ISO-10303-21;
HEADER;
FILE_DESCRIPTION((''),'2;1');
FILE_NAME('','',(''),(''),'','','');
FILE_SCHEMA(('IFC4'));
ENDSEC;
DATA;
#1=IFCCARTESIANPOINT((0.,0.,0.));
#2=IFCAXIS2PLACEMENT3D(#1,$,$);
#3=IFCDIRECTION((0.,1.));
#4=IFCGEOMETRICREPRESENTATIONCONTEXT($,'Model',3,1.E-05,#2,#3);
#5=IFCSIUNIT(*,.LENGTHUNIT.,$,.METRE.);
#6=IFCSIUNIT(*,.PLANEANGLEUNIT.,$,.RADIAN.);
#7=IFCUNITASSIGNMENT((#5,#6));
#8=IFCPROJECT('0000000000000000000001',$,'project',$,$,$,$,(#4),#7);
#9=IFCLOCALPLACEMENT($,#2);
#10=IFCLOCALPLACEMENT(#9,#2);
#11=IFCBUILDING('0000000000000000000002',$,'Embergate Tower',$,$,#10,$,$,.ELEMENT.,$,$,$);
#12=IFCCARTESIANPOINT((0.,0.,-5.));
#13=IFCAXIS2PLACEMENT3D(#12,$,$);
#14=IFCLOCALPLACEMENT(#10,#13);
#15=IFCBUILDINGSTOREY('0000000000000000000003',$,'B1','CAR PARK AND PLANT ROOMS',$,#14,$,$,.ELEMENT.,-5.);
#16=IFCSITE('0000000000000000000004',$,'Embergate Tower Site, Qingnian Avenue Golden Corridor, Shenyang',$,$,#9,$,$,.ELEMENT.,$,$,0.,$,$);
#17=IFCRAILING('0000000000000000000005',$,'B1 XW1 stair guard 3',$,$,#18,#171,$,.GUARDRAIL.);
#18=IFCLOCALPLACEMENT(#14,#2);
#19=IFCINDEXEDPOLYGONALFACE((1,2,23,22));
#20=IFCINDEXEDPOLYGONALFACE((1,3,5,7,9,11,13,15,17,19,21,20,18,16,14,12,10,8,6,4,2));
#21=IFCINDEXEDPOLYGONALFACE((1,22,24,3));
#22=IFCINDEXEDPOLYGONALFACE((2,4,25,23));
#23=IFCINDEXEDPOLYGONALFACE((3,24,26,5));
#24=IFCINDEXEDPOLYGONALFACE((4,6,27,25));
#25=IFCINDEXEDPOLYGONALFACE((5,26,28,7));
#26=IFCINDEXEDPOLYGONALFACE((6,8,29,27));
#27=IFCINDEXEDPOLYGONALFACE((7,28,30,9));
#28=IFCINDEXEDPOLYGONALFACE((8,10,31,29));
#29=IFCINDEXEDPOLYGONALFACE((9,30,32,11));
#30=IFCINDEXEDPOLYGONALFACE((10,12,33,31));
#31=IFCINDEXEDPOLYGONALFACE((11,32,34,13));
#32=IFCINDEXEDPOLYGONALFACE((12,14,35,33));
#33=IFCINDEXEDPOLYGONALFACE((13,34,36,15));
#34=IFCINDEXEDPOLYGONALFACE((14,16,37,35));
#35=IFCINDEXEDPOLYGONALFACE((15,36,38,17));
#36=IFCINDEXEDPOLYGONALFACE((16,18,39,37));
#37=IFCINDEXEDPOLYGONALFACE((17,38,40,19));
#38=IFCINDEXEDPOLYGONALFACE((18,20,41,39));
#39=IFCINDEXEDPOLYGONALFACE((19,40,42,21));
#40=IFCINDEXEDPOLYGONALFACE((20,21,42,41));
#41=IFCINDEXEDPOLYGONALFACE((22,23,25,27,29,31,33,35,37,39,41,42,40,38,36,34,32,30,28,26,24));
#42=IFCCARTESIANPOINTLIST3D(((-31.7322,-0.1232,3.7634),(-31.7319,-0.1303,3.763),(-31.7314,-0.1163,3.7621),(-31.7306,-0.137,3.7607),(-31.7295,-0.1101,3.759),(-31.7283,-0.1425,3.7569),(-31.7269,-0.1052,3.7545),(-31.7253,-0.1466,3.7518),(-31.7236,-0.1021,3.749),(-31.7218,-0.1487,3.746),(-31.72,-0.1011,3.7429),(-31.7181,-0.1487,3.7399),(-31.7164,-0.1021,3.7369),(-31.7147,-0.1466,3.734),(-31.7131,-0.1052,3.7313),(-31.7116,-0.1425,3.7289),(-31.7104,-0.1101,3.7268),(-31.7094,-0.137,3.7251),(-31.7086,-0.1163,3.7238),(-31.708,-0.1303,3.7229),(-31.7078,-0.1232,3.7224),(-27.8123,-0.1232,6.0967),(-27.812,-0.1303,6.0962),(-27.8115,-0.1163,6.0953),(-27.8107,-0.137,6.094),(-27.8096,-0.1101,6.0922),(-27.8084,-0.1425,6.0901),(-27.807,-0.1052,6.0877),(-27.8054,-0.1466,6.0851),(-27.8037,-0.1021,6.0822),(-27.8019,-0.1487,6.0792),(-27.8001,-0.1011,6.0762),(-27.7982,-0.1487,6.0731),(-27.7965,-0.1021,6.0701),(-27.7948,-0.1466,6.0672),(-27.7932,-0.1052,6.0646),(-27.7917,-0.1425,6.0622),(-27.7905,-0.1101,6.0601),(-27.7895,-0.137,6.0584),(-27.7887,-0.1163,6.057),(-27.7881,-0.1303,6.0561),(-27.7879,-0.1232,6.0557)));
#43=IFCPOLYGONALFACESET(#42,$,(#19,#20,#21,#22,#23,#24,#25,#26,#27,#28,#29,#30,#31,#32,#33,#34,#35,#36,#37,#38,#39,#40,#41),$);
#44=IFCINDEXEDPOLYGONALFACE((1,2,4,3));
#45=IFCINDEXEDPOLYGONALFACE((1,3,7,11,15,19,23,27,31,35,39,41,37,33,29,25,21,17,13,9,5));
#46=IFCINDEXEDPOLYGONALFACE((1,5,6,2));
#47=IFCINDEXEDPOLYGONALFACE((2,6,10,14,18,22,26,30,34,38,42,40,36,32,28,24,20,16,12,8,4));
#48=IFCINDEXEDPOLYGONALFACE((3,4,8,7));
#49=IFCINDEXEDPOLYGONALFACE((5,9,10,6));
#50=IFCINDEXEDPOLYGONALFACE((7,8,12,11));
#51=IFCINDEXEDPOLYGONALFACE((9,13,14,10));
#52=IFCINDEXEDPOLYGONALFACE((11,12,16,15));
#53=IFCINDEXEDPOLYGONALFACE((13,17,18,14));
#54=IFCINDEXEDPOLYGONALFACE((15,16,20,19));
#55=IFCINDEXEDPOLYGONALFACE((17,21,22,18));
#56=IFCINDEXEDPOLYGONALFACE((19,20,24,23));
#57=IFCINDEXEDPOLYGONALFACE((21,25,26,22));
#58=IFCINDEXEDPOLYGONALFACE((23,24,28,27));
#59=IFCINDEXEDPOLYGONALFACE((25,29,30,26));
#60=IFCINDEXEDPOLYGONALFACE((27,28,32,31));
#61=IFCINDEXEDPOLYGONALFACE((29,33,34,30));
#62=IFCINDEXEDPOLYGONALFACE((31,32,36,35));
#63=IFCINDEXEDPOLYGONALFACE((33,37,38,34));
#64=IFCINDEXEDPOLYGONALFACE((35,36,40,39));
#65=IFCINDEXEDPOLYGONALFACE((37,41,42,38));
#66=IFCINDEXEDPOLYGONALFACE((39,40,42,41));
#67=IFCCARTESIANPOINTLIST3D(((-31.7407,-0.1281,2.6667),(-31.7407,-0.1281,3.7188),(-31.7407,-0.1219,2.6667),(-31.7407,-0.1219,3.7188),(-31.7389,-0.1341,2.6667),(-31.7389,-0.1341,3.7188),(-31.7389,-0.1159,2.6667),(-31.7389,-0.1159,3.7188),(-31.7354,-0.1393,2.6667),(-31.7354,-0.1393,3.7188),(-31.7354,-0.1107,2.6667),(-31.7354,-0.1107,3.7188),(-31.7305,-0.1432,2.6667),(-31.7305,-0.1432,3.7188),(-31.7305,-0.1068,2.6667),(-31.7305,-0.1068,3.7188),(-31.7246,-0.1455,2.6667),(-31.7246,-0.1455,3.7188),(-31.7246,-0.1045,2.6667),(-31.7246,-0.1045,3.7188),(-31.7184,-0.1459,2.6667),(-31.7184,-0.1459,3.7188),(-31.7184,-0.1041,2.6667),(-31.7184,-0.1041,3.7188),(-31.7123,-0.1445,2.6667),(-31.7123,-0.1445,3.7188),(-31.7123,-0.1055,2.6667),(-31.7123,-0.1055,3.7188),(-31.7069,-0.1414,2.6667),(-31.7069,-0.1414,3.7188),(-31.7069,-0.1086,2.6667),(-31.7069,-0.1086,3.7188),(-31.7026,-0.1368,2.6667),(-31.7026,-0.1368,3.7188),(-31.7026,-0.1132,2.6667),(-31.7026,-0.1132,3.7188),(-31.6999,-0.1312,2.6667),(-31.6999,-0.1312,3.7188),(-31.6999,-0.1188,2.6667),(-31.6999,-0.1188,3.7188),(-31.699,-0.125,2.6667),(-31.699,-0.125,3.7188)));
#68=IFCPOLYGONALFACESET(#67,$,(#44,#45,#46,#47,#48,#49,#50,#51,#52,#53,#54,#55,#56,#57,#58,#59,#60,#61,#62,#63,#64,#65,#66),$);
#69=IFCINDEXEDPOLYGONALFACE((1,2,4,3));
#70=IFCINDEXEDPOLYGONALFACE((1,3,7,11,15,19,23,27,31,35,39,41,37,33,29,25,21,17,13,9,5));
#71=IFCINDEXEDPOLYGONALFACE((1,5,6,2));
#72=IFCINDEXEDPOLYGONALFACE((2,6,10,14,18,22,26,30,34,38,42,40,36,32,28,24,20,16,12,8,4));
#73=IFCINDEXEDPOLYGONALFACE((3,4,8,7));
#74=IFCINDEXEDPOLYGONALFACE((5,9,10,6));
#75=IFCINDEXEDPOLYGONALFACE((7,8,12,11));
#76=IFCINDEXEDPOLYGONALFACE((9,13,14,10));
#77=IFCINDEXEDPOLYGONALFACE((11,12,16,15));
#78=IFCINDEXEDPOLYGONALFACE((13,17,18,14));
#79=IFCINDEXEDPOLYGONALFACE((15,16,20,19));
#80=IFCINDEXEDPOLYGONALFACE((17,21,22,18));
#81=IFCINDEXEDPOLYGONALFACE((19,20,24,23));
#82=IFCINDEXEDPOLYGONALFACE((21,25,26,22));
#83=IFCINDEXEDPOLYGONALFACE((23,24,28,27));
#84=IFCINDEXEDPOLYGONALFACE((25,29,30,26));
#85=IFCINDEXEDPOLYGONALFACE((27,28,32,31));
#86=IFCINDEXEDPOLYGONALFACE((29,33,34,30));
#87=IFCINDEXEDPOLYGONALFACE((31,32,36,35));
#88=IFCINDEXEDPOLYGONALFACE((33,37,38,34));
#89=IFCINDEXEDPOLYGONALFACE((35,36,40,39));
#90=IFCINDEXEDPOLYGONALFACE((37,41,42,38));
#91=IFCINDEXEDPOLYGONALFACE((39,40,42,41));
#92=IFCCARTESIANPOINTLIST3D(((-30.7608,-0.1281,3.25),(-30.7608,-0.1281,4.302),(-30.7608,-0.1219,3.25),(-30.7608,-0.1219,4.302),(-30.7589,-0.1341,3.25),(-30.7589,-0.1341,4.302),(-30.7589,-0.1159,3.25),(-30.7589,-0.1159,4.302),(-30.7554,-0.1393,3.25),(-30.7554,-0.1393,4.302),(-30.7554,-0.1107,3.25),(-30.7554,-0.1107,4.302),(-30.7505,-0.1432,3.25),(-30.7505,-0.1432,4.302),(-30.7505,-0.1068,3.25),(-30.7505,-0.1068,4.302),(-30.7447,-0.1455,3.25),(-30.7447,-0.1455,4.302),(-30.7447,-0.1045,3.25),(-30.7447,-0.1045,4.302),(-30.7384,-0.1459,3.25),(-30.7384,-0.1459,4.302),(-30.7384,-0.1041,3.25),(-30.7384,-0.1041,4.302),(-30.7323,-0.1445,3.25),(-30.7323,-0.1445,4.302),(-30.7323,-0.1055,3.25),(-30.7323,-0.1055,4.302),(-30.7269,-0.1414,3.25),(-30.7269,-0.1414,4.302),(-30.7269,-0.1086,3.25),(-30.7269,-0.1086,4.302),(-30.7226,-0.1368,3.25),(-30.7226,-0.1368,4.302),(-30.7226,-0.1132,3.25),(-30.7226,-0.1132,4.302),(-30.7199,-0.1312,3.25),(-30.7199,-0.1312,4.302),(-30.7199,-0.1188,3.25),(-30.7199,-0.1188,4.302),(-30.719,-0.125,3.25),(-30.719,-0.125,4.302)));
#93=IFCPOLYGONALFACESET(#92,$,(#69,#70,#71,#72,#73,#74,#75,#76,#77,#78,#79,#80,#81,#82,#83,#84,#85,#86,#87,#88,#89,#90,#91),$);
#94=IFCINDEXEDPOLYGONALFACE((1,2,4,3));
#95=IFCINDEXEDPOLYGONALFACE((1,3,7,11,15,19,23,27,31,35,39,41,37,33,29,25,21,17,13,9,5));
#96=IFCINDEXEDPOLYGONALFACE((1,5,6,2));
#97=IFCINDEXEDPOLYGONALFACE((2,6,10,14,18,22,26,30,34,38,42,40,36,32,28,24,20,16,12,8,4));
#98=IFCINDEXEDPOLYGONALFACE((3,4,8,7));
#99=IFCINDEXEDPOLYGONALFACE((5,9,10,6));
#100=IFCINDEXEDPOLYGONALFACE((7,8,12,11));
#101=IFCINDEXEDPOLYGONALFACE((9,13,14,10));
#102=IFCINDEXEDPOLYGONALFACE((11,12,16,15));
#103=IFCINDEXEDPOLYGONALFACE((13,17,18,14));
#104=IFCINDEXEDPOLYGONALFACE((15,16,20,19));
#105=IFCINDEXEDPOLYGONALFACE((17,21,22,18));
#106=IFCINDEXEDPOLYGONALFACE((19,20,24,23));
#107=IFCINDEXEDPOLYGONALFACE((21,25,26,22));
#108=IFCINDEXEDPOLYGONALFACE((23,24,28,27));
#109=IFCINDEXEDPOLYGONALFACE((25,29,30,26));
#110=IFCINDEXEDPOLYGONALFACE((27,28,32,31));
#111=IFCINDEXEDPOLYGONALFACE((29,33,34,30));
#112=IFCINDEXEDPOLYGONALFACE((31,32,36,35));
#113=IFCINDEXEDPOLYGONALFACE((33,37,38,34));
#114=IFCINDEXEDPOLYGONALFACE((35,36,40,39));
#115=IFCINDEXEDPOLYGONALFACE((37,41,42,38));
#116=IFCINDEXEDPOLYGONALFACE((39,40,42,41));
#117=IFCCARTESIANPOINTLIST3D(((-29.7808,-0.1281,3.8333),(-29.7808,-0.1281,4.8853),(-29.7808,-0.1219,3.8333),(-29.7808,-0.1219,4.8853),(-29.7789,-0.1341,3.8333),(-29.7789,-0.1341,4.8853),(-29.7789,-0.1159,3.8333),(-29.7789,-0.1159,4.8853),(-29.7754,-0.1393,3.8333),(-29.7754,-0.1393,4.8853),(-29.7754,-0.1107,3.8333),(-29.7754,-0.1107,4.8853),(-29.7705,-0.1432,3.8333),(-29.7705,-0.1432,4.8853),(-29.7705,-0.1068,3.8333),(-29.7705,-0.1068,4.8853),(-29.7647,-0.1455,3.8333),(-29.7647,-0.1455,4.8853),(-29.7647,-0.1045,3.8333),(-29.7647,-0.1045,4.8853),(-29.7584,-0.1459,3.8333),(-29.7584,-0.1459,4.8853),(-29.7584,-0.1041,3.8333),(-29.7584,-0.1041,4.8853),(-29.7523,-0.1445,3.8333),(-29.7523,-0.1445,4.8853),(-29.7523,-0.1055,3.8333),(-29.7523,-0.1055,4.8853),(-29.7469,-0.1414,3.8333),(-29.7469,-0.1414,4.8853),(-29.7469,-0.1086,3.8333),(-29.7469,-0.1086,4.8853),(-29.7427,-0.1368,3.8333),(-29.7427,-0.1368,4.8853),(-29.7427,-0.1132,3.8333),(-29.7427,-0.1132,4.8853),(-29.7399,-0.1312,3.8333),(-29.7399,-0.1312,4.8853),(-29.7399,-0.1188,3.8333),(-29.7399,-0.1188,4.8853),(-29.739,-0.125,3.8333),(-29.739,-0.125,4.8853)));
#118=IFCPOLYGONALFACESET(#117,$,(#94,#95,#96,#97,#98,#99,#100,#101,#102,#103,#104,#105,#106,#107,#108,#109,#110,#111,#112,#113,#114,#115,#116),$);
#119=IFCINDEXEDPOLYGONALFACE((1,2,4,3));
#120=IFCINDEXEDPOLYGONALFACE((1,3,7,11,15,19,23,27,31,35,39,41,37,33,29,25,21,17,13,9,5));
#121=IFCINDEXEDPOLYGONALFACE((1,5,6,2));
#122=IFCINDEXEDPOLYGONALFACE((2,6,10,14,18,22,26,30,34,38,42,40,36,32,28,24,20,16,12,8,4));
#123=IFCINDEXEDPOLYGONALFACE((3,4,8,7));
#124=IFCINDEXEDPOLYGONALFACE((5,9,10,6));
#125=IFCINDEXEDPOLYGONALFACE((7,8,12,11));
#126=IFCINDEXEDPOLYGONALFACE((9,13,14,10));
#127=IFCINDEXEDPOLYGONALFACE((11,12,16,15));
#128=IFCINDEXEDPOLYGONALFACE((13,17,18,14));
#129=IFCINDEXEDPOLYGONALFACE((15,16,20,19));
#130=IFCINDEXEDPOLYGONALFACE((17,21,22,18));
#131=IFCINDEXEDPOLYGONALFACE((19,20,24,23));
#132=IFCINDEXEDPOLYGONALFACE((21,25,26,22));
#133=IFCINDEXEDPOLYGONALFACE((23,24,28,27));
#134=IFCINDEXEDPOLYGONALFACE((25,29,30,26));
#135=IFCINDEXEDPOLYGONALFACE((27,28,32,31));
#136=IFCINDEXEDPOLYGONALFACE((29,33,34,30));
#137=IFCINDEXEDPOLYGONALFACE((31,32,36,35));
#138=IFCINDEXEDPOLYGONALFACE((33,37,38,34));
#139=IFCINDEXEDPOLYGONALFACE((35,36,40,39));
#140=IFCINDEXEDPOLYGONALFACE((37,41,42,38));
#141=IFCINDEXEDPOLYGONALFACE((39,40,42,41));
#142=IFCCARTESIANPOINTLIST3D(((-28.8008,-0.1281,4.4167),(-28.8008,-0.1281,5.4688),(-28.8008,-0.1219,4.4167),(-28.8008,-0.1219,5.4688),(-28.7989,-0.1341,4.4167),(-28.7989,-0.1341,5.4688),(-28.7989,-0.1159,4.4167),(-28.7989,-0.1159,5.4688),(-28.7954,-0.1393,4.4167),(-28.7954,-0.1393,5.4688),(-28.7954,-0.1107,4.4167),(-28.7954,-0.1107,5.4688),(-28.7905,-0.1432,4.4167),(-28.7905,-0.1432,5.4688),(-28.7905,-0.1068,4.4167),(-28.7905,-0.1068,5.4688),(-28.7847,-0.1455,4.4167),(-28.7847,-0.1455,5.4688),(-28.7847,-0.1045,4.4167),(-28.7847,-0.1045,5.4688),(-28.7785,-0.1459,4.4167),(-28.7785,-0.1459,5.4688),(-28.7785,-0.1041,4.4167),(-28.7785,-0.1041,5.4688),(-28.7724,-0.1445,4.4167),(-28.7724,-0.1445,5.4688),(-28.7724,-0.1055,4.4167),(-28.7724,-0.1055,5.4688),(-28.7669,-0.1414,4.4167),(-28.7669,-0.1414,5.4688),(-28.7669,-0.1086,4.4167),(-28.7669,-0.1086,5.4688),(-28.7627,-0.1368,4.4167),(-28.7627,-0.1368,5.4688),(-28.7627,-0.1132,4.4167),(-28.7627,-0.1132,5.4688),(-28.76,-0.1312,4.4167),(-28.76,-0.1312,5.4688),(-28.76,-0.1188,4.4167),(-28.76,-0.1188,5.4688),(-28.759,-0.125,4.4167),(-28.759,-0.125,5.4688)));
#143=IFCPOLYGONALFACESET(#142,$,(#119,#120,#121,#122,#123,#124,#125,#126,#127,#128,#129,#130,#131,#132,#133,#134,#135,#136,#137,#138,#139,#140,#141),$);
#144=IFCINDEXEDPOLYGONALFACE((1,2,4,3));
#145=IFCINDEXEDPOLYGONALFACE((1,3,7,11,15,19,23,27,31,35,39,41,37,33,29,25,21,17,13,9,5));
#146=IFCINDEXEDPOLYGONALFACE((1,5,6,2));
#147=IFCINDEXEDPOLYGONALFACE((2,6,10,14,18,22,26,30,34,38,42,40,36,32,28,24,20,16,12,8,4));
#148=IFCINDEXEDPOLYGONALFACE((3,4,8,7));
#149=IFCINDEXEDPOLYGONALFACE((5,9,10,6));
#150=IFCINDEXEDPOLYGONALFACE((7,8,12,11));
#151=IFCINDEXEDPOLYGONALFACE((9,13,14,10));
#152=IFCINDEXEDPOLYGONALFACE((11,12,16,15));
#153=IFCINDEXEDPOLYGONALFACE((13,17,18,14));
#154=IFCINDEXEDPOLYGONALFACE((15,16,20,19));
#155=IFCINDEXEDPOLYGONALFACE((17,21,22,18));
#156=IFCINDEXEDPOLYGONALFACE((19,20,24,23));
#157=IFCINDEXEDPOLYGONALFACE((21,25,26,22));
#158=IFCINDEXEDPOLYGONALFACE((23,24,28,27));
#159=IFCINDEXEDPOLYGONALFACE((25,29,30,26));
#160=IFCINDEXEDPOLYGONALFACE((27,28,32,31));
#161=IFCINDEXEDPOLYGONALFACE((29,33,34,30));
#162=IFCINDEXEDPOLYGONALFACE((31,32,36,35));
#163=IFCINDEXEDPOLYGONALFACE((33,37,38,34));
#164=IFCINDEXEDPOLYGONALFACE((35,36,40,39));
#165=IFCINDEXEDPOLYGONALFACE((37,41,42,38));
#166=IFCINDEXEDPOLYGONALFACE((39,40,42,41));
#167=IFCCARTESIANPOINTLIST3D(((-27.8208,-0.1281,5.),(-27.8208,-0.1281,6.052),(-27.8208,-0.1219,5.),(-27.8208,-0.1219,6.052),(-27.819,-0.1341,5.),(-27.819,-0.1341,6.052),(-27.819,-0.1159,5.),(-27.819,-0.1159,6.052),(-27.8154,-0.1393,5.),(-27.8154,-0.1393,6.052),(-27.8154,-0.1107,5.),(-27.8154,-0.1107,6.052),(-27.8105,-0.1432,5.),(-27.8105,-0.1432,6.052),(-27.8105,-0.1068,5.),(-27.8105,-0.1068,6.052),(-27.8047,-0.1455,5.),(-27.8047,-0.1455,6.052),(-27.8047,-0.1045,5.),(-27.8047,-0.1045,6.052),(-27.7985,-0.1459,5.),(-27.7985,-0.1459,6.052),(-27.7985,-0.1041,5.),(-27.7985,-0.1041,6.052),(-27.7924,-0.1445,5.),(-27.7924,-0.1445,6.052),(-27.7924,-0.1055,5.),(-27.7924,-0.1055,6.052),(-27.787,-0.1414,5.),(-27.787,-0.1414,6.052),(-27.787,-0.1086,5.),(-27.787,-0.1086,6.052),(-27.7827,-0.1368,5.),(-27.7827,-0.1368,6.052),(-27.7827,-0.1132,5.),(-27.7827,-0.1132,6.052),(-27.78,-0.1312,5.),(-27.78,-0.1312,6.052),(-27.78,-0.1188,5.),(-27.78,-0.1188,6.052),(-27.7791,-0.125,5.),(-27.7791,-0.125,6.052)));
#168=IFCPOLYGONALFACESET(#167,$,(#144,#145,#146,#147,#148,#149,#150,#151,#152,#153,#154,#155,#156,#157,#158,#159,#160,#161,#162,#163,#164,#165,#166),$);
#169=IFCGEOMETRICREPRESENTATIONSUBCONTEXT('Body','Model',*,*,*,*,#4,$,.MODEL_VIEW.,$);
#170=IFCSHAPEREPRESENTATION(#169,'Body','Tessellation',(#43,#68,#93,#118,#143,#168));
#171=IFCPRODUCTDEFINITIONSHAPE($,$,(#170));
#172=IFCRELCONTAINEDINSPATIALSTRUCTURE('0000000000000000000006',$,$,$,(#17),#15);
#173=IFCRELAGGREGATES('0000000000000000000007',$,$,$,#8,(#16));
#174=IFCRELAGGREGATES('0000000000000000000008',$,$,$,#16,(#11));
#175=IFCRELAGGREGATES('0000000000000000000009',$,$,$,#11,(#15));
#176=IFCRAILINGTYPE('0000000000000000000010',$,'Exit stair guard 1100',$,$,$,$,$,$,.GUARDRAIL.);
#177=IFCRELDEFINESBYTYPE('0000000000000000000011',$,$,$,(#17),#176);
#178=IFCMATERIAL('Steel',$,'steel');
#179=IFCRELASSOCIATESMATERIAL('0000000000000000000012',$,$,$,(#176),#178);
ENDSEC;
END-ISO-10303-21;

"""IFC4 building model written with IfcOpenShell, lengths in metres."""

from ifc_helpers import new_model, si_unit, direction, frame, origin, origin_2d, place, context, subcontext, project, spatial, circle, extrude, source, transform, mapped, material, type_object, element, save


model = new_model("IFC4")

# Units and contexts
model_context = context("Model", 3, precision=1e-05, world=origin(), true_north=direction((0.0, 1.0)))
body_context = subcontext(model_context, "Body", "Model", "MODEL_VIEW")
ifc_project = project(units=[si_unit("LENGTHUNIT", "METRE"), si_unit("PLANEANGLEUNIT", "RADIAN")], contexts=[model_context])

# Site, building, storey
site_placement = place(None, origin())
site = spatial("IfcSite", under=ifc_project, at=site_placement, Name="Embergate Tower Site, Qingnian Avenue Golden Corridor, Shenyang", CompositionType="ELEMENT", RefElevation=0.0)
building_placement = place(site_placement, origin())
building = spatial("IfcBuilding", under=site, at=building_placement, Name="Embergate Tower", CompositionType="ELEMENT")
storey_placement = place(building_placement, frame((0.0, 0.0, -5.0)))
storey = spatial("IfcBuildingStorey", under=building, at=storey_placement, Name="B1", Description="CAR PARK AND PLANT ROOMS", CompositionType="ELEMENT", Elevation=-5.0)

# Railing
ifc_material_1 = material(Name="Steel", Category="steel")
railing_type_1 = type_object("IfcRailingType", Name="Exit stair guard 1100", PredefinedType="GUARDRAIL", material=ifc_material_1)
shared_shape_1 = source(origin(), body_context, "Body", "SweptSolid", [
    extrude(circle(Radius=0.0239, at=origin_2d()), frame((0.0, 0.0, 1.0762), z_axis=(0.859296, 0.0, 0.511478), x_axis=(0.0, 1.0, 0.0)), (0.0, 0.0, 1.0), 4.5618),
    extrude(circle(Radius=0.021, at=origin_2d()), origin(), (0.0, 0.0, 1.0), 1.052),
    extrude(circle(Radius=0.021, at=origin_2d()), frame((0.98, 0.0, 0.5833)), (0.0, 0.0, 1.0), 1.052),
    extrude(circle(Radius=0.021, at=origin_2d()), frame((1.96, 0.0, 1.1665)), (0.0, 0.0, 1.0), 1.052),
    extrude(circle(Radius=0.021, at=origin_2d()), frame((2.9399, 0.0, 1.75)), (0.0, 0.0, 1.0), 1.052),
    extrude(circle(Radius=0.021, at=origin_2d()), frame((3.9199, 0.0, 2.3333)), (0.0, 0.0, 1.0), 1.052),
])
railing_1_placement = place(storey_placement, frame((-31.72, -0.125, 2.6667)))
element("IfcRailing", 1, at=railing_1_placement, inside=storey, type_object=railing_type_1, Name="B1 XW1 stair guard 3", PredefinedType="GUARDRAIL", context=body_context, shape_type="MappedRepresentation", body=[
    mapped(shared_shape_1, transform((0.0, 0.0, 0.0))),
])

save(model, "model.ifc")
